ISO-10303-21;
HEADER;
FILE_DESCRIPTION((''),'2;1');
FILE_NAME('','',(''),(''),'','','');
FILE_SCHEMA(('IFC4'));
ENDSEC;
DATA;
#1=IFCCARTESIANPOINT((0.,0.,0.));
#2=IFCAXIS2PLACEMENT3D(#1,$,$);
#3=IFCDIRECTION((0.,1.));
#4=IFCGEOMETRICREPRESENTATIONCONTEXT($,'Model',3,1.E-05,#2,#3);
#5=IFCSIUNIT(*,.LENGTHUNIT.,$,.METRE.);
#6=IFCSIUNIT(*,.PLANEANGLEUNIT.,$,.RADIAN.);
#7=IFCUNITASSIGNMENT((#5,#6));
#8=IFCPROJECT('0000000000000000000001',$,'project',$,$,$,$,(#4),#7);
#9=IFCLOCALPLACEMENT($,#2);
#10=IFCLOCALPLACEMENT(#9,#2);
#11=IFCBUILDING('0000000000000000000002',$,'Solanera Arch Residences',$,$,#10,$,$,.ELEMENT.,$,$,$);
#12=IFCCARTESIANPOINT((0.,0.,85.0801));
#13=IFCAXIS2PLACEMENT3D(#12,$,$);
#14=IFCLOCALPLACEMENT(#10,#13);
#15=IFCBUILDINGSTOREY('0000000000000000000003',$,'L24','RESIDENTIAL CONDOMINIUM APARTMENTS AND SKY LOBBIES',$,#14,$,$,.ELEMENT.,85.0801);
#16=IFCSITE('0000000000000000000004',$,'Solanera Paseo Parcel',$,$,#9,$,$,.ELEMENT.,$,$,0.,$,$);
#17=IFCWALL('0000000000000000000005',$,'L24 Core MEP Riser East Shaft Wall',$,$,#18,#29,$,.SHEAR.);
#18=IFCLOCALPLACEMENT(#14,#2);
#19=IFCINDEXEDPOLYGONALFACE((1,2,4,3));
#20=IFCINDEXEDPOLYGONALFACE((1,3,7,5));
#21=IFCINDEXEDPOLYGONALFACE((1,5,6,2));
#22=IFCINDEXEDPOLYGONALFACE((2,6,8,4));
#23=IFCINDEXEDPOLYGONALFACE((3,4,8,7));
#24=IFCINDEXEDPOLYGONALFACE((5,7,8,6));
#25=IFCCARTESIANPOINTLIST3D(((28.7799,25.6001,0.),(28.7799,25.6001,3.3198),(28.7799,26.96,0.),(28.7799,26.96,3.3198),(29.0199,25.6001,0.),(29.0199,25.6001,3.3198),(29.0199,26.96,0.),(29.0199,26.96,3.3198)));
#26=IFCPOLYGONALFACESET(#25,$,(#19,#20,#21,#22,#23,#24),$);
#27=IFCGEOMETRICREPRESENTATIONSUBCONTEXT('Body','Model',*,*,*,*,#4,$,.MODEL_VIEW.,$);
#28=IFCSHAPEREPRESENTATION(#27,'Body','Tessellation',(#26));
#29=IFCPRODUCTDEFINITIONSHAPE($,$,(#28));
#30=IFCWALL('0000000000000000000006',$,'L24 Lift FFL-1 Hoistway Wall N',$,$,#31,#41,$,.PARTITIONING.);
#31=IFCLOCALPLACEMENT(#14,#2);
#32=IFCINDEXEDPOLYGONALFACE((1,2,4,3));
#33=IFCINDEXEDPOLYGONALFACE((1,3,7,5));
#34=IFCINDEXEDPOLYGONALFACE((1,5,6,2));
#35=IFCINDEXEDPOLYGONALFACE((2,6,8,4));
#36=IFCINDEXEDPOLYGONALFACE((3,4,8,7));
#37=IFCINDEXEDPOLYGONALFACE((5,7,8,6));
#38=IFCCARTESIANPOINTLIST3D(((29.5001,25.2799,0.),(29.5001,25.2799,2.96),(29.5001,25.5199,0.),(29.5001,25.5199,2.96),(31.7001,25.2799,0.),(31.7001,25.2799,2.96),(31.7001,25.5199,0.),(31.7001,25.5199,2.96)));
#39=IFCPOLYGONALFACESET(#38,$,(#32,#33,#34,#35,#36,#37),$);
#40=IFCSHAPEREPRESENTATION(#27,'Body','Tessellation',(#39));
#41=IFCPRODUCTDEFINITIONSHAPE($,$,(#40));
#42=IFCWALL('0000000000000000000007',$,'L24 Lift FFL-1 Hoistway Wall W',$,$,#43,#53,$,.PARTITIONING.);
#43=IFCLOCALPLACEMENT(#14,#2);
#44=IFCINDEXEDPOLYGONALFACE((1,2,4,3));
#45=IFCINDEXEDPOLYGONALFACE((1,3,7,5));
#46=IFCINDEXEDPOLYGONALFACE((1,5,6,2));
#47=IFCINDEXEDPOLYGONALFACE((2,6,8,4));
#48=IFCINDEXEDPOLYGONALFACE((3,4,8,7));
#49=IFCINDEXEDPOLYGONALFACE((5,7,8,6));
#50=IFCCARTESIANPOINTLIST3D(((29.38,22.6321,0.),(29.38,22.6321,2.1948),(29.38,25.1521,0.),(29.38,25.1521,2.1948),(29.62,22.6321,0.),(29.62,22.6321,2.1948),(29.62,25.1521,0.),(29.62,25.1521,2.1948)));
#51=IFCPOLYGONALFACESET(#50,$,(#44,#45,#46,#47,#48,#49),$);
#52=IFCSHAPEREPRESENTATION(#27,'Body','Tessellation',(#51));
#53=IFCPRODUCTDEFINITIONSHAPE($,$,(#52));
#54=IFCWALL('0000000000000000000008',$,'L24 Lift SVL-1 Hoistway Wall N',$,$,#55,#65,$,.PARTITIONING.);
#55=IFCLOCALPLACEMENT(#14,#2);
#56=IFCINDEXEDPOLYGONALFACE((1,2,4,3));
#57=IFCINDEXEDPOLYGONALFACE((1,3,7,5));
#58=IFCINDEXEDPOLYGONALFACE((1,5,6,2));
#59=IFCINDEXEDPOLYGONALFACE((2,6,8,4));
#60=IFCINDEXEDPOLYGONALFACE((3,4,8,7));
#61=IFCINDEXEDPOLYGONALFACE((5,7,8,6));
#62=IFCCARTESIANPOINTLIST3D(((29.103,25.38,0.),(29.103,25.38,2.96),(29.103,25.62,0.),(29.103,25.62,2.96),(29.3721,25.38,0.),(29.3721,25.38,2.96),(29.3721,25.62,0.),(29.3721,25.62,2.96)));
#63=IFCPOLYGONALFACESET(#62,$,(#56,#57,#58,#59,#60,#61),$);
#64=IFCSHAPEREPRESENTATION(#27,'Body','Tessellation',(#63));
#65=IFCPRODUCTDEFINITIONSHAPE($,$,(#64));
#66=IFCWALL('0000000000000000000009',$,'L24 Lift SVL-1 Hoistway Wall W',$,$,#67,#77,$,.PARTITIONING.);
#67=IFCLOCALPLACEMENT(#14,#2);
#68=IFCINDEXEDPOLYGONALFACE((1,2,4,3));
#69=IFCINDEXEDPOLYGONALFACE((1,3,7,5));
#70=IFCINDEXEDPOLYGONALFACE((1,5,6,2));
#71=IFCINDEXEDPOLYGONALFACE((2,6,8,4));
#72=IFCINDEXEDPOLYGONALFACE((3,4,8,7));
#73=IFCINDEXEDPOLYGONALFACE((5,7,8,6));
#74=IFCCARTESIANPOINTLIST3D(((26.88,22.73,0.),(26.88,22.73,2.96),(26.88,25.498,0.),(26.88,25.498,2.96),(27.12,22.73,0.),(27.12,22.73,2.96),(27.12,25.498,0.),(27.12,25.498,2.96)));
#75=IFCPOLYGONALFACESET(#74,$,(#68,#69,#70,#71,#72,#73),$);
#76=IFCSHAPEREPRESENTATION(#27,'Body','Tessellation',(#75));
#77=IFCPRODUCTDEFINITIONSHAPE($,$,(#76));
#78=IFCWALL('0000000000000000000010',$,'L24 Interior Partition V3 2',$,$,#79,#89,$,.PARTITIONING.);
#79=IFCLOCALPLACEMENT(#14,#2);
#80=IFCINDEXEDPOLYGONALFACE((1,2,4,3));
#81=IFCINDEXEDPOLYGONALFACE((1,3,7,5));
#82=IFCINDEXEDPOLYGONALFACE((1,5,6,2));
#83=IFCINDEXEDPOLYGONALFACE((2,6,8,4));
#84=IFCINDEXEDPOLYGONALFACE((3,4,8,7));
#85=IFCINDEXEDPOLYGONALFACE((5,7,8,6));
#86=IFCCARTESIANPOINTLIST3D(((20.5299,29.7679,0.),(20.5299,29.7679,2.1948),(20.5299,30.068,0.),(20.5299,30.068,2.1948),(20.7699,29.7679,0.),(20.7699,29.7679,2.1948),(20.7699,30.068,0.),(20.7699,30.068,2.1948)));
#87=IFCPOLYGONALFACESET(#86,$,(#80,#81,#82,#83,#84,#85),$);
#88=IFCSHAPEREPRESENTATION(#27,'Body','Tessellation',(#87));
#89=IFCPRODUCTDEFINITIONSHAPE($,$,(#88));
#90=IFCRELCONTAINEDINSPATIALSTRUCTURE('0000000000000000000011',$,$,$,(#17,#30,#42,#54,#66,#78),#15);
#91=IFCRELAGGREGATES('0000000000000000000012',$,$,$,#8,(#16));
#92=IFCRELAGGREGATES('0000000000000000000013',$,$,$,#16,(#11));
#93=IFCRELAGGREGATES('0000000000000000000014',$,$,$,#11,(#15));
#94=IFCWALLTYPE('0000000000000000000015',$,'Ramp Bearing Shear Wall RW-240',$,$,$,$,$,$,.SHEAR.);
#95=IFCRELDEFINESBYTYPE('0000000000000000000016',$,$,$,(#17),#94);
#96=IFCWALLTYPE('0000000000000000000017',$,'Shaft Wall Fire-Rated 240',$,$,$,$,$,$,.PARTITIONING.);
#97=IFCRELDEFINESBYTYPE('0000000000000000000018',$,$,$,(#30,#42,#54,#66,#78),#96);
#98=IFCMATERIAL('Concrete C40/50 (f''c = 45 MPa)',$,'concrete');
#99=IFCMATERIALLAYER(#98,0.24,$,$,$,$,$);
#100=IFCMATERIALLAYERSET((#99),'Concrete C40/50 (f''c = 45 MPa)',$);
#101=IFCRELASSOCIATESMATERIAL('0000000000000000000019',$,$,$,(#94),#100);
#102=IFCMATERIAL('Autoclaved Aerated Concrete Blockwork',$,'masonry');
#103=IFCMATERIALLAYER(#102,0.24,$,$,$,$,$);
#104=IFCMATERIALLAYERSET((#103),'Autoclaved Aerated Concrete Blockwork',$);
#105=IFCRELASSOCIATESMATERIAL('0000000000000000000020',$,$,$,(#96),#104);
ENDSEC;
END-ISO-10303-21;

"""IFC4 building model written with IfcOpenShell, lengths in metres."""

from ifc_helpers import new_model, si_unit, direction, frame, frame_2d, origin, place, context, subcontext, project, spatial, rectangle, extrude, material, layer, layer_set, type_object, element, save


model = new_model("IFC4")

# Units and contexts
model_context = context("Model", 3, precision=1e-05, world=origin(), true_north=direction((0.0, 1.0)))
body_context = subcontext(model_context, "Body", "Model", "MODEL_VIEW")
ifc_project = project(units=[si_unit("LENGTHUNIT", "METRE"), si_unit("PLANEANGLEUNIT", "RADIAN")], contexts=[model_context])

# Site, building, storey
site_placement = place(None, origin())
site = spatial("IfcSite", under=ifc_project, at=site_placement, Name="Solanera Paseo Parcel", CompositionType="ELEMENT", RefElevation=0.0)
building_placement = place(site_placement, origin())
building = spatial("IfcBuilding", under=site, at=building_placement, Name="Solanera Arch Residences", CompositionType="ELEMENT")
storey_placement = place(building_placement, frame((0.0, 0.0, 85.0801)))
storey = spatial("IfcBuildingStorey", under=building, at=storey_placement, Name="L24", Description="RESIDENTIAL CONDOMINIUM APARTMENTS AND SKY LOBBIES", CompositionType="ELEMENT", Elevation=85.0801)

# Walls
ifc_material_1 = material(Name="Concrete C40/50 (f'c = 45 MPa)", Category="concrete")
ifc_layer_1 = layer(ifc_material_1, 0.24)
ifc_layer_set_1 = layer_set([ifc_layer_1], Name="Concrete C40/50 (f'c = 45 MPa)")
wall_type_1 = type_object("IfcWallType", Name="Ramp Bearing Shear Wall RW-240", PredefinedType="SHEAR", material=ifc_layer_set_1)
for number, where, z_axis, x_axis, name in (
    (1, (28.8999, 25.6001, 0.0), (0.0, 0.0, 1.0), (0.0, 1.0, 0.0), "L24 Core MEP Riser East Shaft Wall"),
):
    element("IfcWall", number, at=place(storey_placement, frame(where, z_axis=z_axis, x_axis=x_axis)), inside=storey, type_object=wall_type_1, Name=name, PredefinedType="SHEAR", context=body_context, shape_type="SweptSolid", body=[
        extrude(rectangle(XDim=1.3599, YDim=0.24, at=frame_2d((0.6799, 0.0))), origin(), (0.0, 0.0, 1.0), 3.3198),
    ])
ifc_material_2 = material(Name="Autoclaved Aerated Concrete Blockwork", Category="masonry")
ifc_layer_2 = layer(ifc_material_2, 0.24)
ifc_layer_set_2 = layer_set([ifc_layer_2], Name="Autoclaved Aerated Concrete Blockwork")
wall_type_2 = type_object("IfcWallType", Name="Shaft Wall Fire-Rated 240", PredefinedType="PARTITIONING", material=ifc_layer_set_2)
wall_1_placement = place(storey_placement, frame((29.5, 25.3999, 0.0), z_axis=(0.0, 0.0, 1.0), x_axis=(1.0, 0.0, 0.0)))
element("IfcWall", 2, at=wall_1_placement, inside=storey, type_object=wall_type_2, Name="L24 Lift FFL-1 Hoistway Wall N", PredefinedType="PARTITIONING", context=body_context, shape_type="SweptSolid", body=[
    extrude(rectangle(XDim=2.2, YDim=0.24, at=frame_2d((1.1001, 0.0))), origin(), (0.0, 0.0, 1.0), 2.96),
])
wall_2_placement = place(storey_placement, frame((29.5, 22.6321, 0.0), z_axis=(0.0, 0.0, 1.0), x_axis=(0.0, 1.0, 0.0)))
element("IfcWall", 3, at=wall_2_placement, inside=storey, type_object=wall_type_2, Name="L24 Lift FFL-1 Hoistway Wall W", PredefinedType="PARTITIONING", context=body_context, shape_type="SweptSolid", body=[
    extrude(rectangle(XDim=2.52, YDim=0.24, at=frame_2d((1.26, 0.0))), origin(), (0.0, 0.0, 1.0), 2.1948),
])
wall_3_placement = place(storey_placement, frame((29.103, 25.5, 0.0), z_axis=(0.0, 0.0, 1.0), x_axis=(1.0, 0.0, 0.0)))
element("IfcWall", 4, at=wall_3_placement, inside=storey, type_object=wall_type_2, Name="L24 Lift SVL-1 Hoistway Wall N", PredefinedType="PARTITIONING", context=body_context, shape_type="SweptSolid", body=[
    extrude(rectangle(XDim=0.269, YDim=0.24, at=frame_2d((0.1345, 0.0))), origin(), (0.0, 0.0, 1.0), 2.96),
])
wall_4_placement = place(storey_placement, frame((27.0, 22.73, 0.0), z_axis=(0.0, 0.0, 1.0), x_axis=(0.0, 1.0, 0.0)))
element("IfcWall", 5, at=wall_4_placement, inside=storey, type_object=wall_type_2, Name="L24 Lift SVL-1 Hoistway Wall W", PredefinedType="PARTITIONING", context=body_context, shape_type="SweptSolid", body=[
    extrude(rectangle(XDim=2.7681, YDim=0.24, at=frame_2d((1.384, 0.0))), origin(), (0.0, 0.0, 1.0), 2.96),
])
wall_5_placement = place(storey_placement, frame((20.6499, 29.7681, 0.0), z_axis=(0.0, 0.0, 1.0), x_axis=(0.0, 1.0, 0.0)))
element("IfcWall", 6, at=wall_5_placement, inside=storey, type_object=wall_type_2, Name="L24 Interior Partition V3 2", PredefinedType="PARTITIONING", context=body_context, shape_type="SweptSolid", body=[
    extrude(rectangle(XDim=0.3, YDim=0.24, at=frame_2d((0.1499, 0.0))), origin(), (0.0, 0.0, 1.0), 2.1948),
])

save(model, "model.ifc")
